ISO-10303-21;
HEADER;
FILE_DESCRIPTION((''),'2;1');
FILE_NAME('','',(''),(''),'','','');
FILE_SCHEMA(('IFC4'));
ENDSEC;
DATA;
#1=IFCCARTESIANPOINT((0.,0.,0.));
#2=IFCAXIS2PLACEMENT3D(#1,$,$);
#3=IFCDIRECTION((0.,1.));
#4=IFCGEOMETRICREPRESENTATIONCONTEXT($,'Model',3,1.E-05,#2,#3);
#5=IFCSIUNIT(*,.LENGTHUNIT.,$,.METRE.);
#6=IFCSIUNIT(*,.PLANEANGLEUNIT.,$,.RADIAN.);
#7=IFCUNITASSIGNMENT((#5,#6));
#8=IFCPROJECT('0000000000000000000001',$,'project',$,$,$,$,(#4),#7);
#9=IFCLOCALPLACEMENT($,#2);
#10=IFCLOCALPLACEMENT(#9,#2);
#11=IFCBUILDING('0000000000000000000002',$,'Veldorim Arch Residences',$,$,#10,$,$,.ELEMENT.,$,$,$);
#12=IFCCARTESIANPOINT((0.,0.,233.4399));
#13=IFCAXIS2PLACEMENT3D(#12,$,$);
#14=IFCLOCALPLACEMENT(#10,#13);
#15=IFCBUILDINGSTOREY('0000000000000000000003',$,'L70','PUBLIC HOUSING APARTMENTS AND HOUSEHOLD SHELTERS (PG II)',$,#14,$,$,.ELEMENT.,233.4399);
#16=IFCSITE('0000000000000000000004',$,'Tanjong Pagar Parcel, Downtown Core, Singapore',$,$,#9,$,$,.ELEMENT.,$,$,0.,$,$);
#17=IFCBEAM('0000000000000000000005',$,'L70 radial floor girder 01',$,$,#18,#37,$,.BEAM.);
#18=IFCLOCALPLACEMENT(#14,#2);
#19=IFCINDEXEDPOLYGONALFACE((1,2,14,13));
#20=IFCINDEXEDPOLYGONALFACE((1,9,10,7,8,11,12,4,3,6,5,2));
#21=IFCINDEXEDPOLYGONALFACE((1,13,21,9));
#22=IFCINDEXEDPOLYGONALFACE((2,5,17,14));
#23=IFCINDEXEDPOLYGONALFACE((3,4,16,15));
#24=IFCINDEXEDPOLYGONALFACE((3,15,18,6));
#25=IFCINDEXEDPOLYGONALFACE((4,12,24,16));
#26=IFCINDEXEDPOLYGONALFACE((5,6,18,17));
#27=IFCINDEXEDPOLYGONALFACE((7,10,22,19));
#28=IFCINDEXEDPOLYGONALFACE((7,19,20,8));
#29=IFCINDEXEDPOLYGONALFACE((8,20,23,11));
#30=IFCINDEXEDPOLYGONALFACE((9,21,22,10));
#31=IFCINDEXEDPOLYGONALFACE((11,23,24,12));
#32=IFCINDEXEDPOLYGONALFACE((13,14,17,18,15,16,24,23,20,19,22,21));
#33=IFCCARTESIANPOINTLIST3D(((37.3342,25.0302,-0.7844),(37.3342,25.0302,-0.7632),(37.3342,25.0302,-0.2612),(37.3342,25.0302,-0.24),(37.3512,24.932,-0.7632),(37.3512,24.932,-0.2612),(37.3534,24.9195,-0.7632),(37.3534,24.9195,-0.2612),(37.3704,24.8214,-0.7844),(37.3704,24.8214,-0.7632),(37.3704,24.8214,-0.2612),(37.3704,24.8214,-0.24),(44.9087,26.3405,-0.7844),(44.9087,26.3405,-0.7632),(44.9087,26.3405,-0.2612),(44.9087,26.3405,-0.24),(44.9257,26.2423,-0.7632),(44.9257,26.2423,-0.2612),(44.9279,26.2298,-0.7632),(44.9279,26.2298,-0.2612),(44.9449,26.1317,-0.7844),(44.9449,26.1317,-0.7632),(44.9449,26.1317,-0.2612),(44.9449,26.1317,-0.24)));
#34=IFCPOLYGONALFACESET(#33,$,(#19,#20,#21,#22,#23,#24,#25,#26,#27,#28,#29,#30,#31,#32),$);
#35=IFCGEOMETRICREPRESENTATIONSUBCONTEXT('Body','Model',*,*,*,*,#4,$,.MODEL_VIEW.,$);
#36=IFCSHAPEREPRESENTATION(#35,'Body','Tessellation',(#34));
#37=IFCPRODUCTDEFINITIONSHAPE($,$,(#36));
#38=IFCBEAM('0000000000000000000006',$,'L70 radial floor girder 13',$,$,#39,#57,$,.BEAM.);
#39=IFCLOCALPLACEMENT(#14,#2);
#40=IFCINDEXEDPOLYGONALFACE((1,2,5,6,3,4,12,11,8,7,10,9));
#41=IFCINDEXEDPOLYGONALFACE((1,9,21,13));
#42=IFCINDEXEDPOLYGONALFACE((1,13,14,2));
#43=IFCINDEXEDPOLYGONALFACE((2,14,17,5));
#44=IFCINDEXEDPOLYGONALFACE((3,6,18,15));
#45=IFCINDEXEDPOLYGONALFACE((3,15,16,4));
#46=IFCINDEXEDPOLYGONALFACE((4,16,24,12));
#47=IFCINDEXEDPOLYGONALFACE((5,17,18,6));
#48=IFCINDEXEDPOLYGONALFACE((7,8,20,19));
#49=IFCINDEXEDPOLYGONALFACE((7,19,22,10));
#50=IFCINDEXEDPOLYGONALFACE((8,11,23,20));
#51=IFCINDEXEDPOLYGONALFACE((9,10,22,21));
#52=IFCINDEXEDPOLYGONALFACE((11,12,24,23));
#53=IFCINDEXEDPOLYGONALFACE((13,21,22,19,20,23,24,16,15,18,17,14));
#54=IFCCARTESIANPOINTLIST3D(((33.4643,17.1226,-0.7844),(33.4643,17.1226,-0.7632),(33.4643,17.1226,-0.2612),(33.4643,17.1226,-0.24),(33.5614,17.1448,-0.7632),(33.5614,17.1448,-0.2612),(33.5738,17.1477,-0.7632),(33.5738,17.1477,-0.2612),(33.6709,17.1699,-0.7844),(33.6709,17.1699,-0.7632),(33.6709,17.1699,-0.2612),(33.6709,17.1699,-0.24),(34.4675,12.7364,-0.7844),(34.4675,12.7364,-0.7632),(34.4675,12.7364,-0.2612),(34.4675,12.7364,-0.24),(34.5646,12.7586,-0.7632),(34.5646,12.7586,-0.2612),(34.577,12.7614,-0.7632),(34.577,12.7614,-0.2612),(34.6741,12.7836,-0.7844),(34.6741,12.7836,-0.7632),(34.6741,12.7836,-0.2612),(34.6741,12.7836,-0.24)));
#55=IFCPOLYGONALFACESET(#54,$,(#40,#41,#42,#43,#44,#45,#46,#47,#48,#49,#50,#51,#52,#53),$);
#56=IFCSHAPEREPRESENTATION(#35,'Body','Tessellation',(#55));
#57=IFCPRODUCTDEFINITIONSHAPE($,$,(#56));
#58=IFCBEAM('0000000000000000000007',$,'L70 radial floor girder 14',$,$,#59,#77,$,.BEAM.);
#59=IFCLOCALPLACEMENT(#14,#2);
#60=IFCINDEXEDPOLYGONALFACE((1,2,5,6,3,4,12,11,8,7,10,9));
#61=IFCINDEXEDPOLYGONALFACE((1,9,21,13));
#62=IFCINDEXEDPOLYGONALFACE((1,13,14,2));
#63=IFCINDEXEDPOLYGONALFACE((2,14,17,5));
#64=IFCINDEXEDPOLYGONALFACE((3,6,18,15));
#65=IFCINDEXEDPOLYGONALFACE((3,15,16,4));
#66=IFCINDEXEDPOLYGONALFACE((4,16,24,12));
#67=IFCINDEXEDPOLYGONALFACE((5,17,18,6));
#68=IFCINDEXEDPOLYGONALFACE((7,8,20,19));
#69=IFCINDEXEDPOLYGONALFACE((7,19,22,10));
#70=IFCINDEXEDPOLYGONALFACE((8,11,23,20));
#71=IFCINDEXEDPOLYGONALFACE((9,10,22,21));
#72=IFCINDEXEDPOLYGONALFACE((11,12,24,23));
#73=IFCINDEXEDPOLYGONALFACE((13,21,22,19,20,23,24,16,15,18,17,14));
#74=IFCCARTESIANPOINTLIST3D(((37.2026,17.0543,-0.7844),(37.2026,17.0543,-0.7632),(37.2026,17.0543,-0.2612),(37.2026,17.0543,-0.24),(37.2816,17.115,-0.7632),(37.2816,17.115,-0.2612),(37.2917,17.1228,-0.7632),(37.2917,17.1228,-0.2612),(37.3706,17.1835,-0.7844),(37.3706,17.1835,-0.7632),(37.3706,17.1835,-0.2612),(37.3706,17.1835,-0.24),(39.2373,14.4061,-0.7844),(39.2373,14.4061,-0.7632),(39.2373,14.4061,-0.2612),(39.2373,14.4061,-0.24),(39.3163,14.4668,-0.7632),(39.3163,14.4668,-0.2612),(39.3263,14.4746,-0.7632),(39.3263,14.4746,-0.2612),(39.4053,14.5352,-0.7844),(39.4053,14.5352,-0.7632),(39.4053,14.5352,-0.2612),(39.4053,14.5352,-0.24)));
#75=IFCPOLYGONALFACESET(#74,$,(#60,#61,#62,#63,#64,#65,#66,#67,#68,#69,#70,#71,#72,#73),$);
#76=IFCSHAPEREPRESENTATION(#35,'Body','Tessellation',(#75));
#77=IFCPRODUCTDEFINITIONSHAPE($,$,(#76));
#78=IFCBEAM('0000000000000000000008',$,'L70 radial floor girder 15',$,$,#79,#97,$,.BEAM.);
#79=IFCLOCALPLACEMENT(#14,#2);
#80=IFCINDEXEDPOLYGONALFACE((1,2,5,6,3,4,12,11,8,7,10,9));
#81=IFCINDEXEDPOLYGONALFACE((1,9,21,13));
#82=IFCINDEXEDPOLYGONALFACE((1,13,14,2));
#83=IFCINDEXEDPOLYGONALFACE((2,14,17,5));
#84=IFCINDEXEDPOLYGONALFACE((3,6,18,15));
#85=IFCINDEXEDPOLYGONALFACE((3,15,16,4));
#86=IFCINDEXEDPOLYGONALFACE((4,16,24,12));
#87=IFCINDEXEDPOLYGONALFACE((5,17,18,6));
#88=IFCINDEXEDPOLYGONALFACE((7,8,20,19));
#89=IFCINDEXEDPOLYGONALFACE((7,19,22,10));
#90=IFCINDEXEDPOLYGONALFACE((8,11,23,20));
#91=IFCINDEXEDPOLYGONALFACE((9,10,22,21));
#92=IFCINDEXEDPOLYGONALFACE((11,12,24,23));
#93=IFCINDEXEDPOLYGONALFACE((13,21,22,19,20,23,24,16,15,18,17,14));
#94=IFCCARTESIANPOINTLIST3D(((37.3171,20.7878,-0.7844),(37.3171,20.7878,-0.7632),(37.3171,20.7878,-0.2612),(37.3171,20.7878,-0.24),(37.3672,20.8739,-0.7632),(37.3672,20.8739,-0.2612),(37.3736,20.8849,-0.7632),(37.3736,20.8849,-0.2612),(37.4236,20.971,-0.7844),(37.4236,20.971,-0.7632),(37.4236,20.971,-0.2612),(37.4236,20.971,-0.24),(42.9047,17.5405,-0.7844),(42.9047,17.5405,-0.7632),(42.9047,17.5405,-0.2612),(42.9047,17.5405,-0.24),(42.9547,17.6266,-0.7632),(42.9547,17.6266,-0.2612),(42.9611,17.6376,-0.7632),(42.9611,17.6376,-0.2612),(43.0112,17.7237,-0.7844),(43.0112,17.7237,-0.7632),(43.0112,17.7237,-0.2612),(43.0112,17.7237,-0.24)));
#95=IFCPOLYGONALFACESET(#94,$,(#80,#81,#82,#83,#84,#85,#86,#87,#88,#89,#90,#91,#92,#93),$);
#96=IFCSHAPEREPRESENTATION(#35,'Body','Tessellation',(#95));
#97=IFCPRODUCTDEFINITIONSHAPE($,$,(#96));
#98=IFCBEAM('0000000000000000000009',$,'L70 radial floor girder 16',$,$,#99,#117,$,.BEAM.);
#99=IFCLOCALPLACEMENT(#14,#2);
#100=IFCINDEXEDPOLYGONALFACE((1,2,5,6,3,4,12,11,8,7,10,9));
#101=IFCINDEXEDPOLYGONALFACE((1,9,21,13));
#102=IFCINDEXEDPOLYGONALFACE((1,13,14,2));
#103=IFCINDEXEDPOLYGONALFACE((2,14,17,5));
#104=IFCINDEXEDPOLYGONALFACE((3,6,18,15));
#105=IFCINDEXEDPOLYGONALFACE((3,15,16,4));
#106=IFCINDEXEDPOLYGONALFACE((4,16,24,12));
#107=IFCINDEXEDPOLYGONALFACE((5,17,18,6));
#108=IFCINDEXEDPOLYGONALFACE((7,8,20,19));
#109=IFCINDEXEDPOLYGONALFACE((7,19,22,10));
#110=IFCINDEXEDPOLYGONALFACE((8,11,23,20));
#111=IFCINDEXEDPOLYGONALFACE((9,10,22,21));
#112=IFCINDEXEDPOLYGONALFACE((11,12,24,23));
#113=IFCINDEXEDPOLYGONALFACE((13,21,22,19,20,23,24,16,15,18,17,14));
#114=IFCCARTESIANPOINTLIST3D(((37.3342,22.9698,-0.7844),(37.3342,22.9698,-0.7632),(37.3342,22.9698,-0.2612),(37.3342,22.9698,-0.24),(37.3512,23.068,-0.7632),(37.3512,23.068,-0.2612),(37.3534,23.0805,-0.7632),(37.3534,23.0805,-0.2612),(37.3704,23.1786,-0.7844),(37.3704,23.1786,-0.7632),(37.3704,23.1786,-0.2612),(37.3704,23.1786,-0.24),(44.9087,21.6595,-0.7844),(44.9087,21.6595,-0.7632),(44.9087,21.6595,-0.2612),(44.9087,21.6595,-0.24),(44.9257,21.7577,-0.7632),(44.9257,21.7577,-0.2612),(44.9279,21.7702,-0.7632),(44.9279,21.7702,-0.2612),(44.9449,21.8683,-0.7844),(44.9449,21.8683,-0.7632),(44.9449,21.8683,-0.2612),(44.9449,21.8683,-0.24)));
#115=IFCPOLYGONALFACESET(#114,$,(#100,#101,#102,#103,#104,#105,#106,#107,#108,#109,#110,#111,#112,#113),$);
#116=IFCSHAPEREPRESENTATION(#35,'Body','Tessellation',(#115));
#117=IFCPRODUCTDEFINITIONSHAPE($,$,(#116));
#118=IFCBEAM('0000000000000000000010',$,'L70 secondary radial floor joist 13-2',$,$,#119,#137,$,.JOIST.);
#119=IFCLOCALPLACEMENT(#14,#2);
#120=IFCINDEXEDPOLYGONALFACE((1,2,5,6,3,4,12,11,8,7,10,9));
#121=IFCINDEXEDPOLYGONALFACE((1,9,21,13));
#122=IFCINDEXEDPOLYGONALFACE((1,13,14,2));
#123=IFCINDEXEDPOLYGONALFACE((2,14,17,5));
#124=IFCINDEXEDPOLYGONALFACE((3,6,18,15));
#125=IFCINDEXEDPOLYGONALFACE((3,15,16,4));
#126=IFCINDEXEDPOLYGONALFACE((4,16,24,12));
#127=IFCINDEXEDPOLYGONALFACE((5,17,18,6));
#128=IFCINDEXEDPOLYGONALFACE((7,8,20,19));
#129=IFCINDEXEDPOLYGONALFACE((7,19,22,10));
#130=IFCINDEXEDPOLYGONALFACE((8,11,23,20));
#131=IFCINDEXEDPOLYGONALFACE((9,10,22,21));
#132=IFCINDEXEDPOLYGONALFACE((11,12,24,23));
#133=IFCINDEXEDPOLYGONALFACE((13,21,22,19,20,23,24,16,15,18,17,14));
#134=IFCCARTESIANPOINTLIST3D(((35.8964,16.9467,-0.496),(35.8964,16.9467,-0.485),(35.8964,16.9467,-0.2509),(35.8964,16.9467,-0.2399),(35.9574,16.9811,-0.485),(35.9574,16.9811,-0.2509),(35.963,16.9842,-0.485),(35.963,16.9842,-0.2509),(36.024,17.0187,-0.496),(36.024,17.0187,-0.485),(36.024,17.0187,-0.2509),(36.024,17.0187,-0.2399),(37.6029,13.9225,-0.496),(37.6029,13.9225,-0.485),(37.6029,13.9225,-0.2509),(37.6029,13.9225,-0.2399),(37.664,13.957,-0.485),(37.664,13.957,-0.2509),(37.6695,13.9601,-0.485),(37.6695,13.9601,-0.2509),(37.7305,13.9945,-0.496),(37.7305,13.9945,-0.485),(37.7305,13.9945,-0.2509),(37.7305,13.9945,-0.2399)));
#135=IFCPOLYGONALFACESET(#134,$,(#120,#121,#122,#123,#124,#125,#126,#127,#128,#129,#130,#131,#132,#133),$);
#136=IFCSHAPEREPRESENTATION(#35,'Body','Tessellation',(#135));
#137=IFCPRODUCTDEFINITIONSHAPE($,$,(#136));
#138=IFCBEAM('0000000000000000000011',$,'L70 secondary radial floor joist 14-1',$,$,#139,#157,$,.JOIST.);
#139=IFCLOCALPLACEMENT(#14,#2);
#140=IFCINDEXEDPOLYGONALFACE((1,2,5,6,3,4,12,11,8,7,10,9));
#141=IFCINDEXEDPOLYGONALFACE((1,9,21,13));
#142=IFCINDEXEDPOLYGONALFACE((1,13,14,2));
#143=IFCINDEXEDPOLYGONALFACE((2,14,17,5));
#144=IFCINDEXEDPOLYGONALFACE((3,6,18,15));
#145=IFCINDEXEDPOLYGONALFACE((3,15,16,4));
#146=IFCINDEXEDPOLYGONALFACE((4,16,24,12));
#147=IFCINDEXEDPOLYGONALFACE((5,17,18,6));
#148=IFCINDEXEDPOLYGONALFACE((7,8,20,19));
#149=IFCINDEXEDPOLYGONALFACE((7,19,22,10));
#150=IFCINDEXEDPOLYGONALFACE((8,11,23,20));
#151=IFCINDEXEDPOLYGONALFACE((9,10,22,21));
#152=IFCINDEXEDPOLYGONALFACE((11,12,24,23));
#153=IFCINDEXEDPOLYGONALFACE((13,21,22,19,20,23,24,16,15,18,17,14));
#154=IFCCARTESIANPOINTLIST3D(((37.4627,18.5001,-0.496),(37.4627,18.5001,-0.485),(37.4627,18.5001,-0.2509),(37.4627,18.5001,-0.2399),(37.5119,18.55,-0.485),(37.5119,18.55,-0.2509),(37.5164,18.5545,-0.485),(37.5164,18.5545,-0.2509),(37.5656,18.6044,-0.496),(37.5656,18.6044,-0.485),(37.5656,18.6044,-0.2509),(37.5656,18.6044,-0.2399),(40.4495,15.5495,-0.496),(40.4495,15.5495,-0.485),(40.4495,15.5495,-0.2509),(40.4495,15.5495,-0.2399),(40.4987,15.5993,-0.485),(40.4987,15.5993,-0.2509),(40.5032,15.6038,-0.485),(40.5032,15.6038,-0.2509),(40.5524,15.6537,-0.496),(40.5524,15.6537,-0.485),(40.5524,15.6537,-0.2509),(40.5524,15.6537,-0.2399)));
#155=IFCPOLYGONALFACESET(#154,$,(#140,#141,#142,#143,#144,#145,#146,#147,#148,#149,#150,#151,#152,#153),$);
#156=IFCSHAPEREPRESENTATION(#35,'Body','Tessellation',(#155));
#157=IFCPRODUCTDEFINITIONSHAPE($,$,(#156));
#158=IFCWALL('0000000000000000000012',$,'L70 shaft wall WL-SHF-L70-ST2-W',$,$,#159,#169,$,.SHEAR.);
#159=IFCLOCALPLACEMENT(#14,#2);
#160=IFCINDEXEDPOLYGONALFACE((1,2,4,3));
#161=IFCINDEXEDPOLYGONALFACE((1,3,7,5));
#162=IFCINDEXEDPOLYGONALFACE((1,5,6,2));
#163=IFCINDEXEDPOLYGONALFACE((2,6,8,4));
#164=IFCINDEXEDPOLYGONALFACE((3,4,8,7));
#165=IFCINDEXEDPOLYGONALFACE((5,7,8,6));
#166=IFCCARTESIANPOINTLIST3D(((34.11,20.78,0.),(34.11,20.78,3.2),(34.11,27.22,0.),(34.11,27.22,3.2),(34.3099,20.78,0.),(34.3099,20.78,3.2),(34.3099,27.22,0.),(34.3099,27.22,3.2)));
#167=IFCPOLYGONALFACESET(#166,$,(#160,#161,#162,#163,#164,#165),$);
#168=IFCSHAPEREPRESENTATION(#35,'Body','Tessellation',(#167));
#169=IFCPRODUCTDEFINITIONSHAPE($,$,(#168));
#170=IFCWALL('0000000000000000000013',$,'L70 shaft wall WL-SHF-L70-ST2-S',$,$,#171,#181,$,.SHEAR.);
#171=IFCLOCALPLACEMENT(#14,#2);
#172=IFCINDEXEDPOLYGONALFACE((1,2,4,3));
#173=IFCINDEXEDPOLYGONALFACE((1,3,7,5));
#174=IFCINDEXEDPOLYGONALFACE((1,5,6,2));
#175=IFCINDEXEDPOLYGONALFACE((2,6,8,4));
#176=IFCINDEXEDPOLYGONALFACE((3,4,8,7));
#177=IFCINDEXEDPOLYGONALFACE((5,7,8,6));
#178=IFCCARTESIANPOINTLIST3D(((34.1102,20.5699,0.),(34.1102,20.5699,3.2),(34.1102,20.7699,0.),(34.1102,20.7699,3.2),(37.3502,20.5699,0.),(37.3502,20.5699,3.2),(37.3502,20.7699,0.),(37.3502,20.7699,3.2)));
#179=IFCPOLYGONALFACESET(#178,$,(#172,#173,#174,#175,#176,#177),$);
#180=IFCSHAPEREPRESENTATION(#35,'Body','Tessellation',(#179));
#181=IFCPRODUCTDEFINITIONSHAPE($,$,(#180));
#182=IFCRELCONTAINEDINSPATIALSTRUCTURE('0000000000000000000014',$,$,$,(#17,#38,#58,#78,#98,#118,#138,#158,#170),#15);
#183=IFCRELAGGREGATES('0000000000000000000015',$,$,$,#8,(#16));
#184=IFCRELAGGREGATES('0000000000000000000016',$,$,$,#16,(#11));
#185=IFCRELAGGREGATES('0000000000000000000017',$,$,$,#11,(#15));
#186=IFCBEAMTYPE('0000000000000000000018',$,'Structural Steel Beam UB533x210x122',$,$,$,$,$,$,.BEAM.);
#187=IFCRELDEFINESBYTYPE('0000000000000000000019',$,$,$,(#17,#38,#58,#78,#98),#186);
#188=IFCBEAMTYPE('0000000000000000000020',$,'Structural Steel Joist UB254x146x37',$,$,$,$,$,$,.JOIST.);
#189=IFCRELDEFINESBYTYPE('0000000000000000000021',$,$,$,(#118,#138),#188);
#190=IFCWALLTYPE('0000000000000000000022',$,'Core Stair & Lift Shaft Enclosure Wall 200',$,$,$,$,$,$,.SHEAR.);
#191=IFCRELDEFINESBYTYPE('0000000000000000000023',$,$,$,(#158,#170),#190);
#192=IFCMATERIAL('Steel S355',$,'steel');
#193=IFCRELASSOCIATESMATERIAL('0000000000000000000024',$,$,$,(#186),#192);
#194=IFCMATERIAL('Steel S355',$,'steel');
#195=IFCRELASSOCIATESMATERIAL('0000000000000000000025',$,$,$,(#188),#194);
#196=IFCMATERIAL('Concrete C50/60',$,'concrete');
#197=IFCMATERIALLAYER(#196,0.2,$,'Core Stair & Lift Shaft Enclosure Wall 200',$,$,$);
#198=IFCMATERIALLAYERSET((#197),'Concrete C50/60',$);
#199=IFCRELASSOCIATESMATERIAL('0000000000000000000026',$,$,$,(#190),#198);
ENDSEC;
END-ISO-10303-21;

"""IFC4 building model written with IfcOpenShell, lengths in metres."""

from ifc_helpers import new_model, si_unit, direction, frame, frame_2d, origin, origin_2d, place, context, subcontext, project, spatial, rectangle, i_section, extrude, material, layer, layer_set, material_profile, profile_set, type_object, element, save


model = new_model("IFC4")

# Units and contexts
model_context = context("Model", 3, precision=1e-05, world=origin(), true_north=direction((0.0, 1.0)))
body_context = subcontext(model_context, "Body", "Model", "MODEL_VIEW")
ifc_project = project(units=[si_unit("LENGTHUNIT", "METRE"), si_unit("PLANEANGLEUNIT", "RADIAN")], contexts=[model_context])

# Site, building, storey
site_placement = place(None, origin())
site = spatial("IfcSite", under=ifc_project, at=site_placement, Name="Tanjong Pagar Parcel, Downtown Core, Singapore", CompositionType="ELEMENT", RefElevation=0.0)
building_placement = place(site_placement, origin())
building = spatial("IfcBuilding", under=site, at=building_placement, Name="Veldorim Arch Residences", CompositionType="ELEMENT")
storey_placement = place(building_placement, frame((0.0, 0.0, 233.4399)))
storey = spatial("IfcBuildingStorey", under=building, at=storey_placement, Name="L70", Description="PUBLIC HOUSING APARTMENTS AND HOUSEHOLD SHELTERS (PG II)", CompositionType="ELEMENT", Elevation=233.4399)

# Beams
ifc_material_1 = material(Name="Steel S355", Category="steel")
ifc_material_profile_1 = material_profile(ifc_material_1, i_section(OverallWidth=0.2119, OverallDepth=0.5444, WebThickness=0.0127, FlangeThickness=0.0212, at=origin_2d()), Name="UB533x210x122")
ifc_profile_set_1 = profile_set([ifc_material_profile_1], Name="Steel S355")
beam_type_1 = type_object("IfcBeamType", Name="Structural Steel Beam UB533x210x122", PredefinedType="BEAM", material=ifc_profile_set_1)
beam_1_placement = place(storey_placement, frame((37.3523, 24.9258, -0.5122), z_axis=(0.985365, 0.170458, 0.0), x_axis=(-0.170458, 0.985365, 0.0)))
element("IfcBeam", 1, at=beam_1_placement, inside=storey, type_object=beam_type_1, Name="L70 radial floor girder 01", PredefinedType="BEAM", context=body_context, shape_type="SweptSolid", body=[
    extrude(i_section(OverallWidth=0.2119, OverallDepth=0.5444, WebThickness=0.0127, FlangeThickness=0.0212, at=origin_2d()), origin(), (0.0, 0.0, 1.0), 7.687),
])
beam_2_placement = place(storey_placement, frame((33.5676, 17.1462, -0.5122), z_axis=(0.222953, -0.974829, 0.0), x_axis=(0.974829, 0.222953, 0.0)))
element("IfcBeam", 2, at=beam_2_placement, inside=storey, type_object=beam_type_1, Name="L70 radial floor girder 13", PredefinedType="BEAM", context=body_context, shape_type="SweptSolid", body=[
    extrude(i_section(OverallWidth=0.2119, OverallDepth=0.5444, WebThickness=0.0127, FlangeThickness=0.0212, at=origin_2d()), origin(), (0.0, 0.0, 1.0), 4.4995),
])
beam_3_placement = place(storey_placement, frame((37.2866, 17.1189, -0.5122), z_axis=(0.609258, -0.792972, 0.0), x_axis=(0.792972, 0.609258, 0.0)))
element("IfcBeam", 3, at=beam_3_placement, inside=storey, type_object=beam_type_1, Name="L70 radial floor girder 14", PredefinedType="BEAM", context=body_context, shape_type="SweptSolid", body=[
    extrude(i_section(OverallWidth=0.2119, OverallDepth=0.5444, WebThickness=0.0127, FlangeThickness=0.0212, at=origin_2d()), origin(), (0.0, 0.0, 1.0), 3.3396),
])
beam_4_placement = place(storey_placement, frame((37.3704, 20.8794, -0.5122), z_axis=(0.864596, -0.502468, 0.0), x_axis=(0.502468, 0.864596, 0.0)))
element("IfcBeam", 4, at=beam_4_placement, inside=storey, type_object=beam_type_1, Name="L70 radial floor girder 15", PredefinedType="BEAM", context=body_context, shape_type="SweptSolid", body=[
    extrude(i_section(OverallWidth=0.2119, OverallDepth=0.5444, WebThickness=0.0127, FlangeThickness=0.0212, at=origin_2d()), origin(), (0.0, 0.0, 1.0), 6.4626),
])
beam_5_placement = place(storey_placement, frame((37.3523, 23.0742, -0.5122), z_axis=(0.985365, -0.170458, 0.0), x_axis=(0.170458, 0.985365, 0.0)))
element("IfcBeam", 5, at=beam_5_placement, inside=storey, type_object=beam_type_1, Name="L70 radial floor girder 16", PredefinedType="BEAM", context=body_context, shape_type="SweptSolid", body=[
    extrude(i_section(OverallWidth=0.2119, OverallDepth=0.5444, WebThickness=0.0127, FlangeThickness=0.0212, at=origin_2d()), origin(), (0.0, 0.0, 1.0), 7.687),
])
ifc_material_2 = material(Name="Steel S355", Category="steel")
ifc_material_profile_2 = material_profile(ifc_material_2, i_section(OverallWidth=0.1465, OverallDepth=0.2561, WebThickness=0.0063, FlangeThickness=0.011, at=origin_2d()), Name="UB254x146x37")
ifc_profile_set_2 = profile_set([ifc_material_profile_2], Name="Steel S355")
beam_type_2 = type_object("IfcBeamType", Name="Structural Steel Joist UB254x146x37", PredefinedType="JOIST", material=ifc_profile_set_2)
beam_6_placement = place(storey_placement, frame((35.9602, 16.9827, -0.3679), z_axis=(0.491452, -0.870904, 0.0), x_axis=(0.870904, 0.491452, 0.0)))
element("IfcBeam", 6, at=beam_6_placement, inside=storey, type_object=beam_type_2, Name="L70 secondary radial floor joist 13-2", PredefinedType="JOIST", context=body_context, shape_type="SweptSolid", body=[
    extrude(i_section(OverallWidth=0.1465, OverallDepth=0.2561, WebThickness=0.0063, FlangeThickness=0.011, at=origin_2d()), origin(), (0.0, 0.0, 1.0), 3.4724),
])
beam_7_placement = place(storey_placement, frame((37.5142, 18.5522, -0.3679), z_axis=(0.711397, -0.702791, 0.0), x_axis=(0.702791, 0.711397, 0.0)))
element("IfcBeam", 7, at=beam_7_placement, inside=storey, type_object=beam_type_2, Name="L70 secondary radial floor joist 14-1", PredefinedType="JOIST", context=body_context, shape_type="SweptSolid", body=[
    extrude(i_section(OverallWidth=0.1465, OverallDepth=0.2561, WebThickness=0.0063, FlangeThickness=0.011, at=origin_2d()), origin(), (0.0, 0.0, 1.0), 4.1985),
])

# Walls
ifc_material_3 = material(Name="Concrete C50/60", Category="concrete")
ifc_layer_1 = layer(ifc_material_3, 0.2, Name="Core Stair & Lift Shaft Enclosure Wall 200")
ifc_layer_set_1 = layer_set([ifc_layer_1], Name="Concrete C50/60")
wall_type_1 = type_object("IfcWallType", Name="Core Stair & Lift Shaft Enclosure Wall 200", PredefinedType="SHEAR", material=ifc_layer_set_1)
wall_1_placement = place(storey_placement, frame((34.21, 20.78, 0.0), z_axis=(0.0, 0.0, 1.0), x_axis=(0.0, 1.0, 0.0)))
element("IfcWall", 8, at=wall_1_placement, inside=storey, type_object=wall_type_1, Name="L70 shaft wall WL-SHF-L70-ST2-W", PredefinedType="SHEAR", context=body_context, shape_type="SweptSolid", body=[
    extrude(rectangle(XDim=6.4399, YDim=0.2, at=frame_2d((3.22, 0.0))), origin(), (0.0, 0.0, 1.0), 3.2),
])
wall_2_placement = place(storey_placement, frame((34.1101, 20.6699, 0.0), z_axis=(0.0, 0.0, 1.0), x_axis=(1.0, 0.0, 0.0)))
element("IfcWall", 9, at=wall_2_placement, inside=storey, type_object=wall_type_1, Name="L70 shaft wall WL-SHF-L70-ST2-S", PredefinedType="SHEAR", context=body_context, shape_type="SweptSolid", body=[
    extrude(rectangle(XDim=3.24, YDim=0.2, at=frame_2d((1.6201, 0.0))), origin(), (0.0, 0.0, 1.0), 3.2),
])

save(model, "model.ifc")
